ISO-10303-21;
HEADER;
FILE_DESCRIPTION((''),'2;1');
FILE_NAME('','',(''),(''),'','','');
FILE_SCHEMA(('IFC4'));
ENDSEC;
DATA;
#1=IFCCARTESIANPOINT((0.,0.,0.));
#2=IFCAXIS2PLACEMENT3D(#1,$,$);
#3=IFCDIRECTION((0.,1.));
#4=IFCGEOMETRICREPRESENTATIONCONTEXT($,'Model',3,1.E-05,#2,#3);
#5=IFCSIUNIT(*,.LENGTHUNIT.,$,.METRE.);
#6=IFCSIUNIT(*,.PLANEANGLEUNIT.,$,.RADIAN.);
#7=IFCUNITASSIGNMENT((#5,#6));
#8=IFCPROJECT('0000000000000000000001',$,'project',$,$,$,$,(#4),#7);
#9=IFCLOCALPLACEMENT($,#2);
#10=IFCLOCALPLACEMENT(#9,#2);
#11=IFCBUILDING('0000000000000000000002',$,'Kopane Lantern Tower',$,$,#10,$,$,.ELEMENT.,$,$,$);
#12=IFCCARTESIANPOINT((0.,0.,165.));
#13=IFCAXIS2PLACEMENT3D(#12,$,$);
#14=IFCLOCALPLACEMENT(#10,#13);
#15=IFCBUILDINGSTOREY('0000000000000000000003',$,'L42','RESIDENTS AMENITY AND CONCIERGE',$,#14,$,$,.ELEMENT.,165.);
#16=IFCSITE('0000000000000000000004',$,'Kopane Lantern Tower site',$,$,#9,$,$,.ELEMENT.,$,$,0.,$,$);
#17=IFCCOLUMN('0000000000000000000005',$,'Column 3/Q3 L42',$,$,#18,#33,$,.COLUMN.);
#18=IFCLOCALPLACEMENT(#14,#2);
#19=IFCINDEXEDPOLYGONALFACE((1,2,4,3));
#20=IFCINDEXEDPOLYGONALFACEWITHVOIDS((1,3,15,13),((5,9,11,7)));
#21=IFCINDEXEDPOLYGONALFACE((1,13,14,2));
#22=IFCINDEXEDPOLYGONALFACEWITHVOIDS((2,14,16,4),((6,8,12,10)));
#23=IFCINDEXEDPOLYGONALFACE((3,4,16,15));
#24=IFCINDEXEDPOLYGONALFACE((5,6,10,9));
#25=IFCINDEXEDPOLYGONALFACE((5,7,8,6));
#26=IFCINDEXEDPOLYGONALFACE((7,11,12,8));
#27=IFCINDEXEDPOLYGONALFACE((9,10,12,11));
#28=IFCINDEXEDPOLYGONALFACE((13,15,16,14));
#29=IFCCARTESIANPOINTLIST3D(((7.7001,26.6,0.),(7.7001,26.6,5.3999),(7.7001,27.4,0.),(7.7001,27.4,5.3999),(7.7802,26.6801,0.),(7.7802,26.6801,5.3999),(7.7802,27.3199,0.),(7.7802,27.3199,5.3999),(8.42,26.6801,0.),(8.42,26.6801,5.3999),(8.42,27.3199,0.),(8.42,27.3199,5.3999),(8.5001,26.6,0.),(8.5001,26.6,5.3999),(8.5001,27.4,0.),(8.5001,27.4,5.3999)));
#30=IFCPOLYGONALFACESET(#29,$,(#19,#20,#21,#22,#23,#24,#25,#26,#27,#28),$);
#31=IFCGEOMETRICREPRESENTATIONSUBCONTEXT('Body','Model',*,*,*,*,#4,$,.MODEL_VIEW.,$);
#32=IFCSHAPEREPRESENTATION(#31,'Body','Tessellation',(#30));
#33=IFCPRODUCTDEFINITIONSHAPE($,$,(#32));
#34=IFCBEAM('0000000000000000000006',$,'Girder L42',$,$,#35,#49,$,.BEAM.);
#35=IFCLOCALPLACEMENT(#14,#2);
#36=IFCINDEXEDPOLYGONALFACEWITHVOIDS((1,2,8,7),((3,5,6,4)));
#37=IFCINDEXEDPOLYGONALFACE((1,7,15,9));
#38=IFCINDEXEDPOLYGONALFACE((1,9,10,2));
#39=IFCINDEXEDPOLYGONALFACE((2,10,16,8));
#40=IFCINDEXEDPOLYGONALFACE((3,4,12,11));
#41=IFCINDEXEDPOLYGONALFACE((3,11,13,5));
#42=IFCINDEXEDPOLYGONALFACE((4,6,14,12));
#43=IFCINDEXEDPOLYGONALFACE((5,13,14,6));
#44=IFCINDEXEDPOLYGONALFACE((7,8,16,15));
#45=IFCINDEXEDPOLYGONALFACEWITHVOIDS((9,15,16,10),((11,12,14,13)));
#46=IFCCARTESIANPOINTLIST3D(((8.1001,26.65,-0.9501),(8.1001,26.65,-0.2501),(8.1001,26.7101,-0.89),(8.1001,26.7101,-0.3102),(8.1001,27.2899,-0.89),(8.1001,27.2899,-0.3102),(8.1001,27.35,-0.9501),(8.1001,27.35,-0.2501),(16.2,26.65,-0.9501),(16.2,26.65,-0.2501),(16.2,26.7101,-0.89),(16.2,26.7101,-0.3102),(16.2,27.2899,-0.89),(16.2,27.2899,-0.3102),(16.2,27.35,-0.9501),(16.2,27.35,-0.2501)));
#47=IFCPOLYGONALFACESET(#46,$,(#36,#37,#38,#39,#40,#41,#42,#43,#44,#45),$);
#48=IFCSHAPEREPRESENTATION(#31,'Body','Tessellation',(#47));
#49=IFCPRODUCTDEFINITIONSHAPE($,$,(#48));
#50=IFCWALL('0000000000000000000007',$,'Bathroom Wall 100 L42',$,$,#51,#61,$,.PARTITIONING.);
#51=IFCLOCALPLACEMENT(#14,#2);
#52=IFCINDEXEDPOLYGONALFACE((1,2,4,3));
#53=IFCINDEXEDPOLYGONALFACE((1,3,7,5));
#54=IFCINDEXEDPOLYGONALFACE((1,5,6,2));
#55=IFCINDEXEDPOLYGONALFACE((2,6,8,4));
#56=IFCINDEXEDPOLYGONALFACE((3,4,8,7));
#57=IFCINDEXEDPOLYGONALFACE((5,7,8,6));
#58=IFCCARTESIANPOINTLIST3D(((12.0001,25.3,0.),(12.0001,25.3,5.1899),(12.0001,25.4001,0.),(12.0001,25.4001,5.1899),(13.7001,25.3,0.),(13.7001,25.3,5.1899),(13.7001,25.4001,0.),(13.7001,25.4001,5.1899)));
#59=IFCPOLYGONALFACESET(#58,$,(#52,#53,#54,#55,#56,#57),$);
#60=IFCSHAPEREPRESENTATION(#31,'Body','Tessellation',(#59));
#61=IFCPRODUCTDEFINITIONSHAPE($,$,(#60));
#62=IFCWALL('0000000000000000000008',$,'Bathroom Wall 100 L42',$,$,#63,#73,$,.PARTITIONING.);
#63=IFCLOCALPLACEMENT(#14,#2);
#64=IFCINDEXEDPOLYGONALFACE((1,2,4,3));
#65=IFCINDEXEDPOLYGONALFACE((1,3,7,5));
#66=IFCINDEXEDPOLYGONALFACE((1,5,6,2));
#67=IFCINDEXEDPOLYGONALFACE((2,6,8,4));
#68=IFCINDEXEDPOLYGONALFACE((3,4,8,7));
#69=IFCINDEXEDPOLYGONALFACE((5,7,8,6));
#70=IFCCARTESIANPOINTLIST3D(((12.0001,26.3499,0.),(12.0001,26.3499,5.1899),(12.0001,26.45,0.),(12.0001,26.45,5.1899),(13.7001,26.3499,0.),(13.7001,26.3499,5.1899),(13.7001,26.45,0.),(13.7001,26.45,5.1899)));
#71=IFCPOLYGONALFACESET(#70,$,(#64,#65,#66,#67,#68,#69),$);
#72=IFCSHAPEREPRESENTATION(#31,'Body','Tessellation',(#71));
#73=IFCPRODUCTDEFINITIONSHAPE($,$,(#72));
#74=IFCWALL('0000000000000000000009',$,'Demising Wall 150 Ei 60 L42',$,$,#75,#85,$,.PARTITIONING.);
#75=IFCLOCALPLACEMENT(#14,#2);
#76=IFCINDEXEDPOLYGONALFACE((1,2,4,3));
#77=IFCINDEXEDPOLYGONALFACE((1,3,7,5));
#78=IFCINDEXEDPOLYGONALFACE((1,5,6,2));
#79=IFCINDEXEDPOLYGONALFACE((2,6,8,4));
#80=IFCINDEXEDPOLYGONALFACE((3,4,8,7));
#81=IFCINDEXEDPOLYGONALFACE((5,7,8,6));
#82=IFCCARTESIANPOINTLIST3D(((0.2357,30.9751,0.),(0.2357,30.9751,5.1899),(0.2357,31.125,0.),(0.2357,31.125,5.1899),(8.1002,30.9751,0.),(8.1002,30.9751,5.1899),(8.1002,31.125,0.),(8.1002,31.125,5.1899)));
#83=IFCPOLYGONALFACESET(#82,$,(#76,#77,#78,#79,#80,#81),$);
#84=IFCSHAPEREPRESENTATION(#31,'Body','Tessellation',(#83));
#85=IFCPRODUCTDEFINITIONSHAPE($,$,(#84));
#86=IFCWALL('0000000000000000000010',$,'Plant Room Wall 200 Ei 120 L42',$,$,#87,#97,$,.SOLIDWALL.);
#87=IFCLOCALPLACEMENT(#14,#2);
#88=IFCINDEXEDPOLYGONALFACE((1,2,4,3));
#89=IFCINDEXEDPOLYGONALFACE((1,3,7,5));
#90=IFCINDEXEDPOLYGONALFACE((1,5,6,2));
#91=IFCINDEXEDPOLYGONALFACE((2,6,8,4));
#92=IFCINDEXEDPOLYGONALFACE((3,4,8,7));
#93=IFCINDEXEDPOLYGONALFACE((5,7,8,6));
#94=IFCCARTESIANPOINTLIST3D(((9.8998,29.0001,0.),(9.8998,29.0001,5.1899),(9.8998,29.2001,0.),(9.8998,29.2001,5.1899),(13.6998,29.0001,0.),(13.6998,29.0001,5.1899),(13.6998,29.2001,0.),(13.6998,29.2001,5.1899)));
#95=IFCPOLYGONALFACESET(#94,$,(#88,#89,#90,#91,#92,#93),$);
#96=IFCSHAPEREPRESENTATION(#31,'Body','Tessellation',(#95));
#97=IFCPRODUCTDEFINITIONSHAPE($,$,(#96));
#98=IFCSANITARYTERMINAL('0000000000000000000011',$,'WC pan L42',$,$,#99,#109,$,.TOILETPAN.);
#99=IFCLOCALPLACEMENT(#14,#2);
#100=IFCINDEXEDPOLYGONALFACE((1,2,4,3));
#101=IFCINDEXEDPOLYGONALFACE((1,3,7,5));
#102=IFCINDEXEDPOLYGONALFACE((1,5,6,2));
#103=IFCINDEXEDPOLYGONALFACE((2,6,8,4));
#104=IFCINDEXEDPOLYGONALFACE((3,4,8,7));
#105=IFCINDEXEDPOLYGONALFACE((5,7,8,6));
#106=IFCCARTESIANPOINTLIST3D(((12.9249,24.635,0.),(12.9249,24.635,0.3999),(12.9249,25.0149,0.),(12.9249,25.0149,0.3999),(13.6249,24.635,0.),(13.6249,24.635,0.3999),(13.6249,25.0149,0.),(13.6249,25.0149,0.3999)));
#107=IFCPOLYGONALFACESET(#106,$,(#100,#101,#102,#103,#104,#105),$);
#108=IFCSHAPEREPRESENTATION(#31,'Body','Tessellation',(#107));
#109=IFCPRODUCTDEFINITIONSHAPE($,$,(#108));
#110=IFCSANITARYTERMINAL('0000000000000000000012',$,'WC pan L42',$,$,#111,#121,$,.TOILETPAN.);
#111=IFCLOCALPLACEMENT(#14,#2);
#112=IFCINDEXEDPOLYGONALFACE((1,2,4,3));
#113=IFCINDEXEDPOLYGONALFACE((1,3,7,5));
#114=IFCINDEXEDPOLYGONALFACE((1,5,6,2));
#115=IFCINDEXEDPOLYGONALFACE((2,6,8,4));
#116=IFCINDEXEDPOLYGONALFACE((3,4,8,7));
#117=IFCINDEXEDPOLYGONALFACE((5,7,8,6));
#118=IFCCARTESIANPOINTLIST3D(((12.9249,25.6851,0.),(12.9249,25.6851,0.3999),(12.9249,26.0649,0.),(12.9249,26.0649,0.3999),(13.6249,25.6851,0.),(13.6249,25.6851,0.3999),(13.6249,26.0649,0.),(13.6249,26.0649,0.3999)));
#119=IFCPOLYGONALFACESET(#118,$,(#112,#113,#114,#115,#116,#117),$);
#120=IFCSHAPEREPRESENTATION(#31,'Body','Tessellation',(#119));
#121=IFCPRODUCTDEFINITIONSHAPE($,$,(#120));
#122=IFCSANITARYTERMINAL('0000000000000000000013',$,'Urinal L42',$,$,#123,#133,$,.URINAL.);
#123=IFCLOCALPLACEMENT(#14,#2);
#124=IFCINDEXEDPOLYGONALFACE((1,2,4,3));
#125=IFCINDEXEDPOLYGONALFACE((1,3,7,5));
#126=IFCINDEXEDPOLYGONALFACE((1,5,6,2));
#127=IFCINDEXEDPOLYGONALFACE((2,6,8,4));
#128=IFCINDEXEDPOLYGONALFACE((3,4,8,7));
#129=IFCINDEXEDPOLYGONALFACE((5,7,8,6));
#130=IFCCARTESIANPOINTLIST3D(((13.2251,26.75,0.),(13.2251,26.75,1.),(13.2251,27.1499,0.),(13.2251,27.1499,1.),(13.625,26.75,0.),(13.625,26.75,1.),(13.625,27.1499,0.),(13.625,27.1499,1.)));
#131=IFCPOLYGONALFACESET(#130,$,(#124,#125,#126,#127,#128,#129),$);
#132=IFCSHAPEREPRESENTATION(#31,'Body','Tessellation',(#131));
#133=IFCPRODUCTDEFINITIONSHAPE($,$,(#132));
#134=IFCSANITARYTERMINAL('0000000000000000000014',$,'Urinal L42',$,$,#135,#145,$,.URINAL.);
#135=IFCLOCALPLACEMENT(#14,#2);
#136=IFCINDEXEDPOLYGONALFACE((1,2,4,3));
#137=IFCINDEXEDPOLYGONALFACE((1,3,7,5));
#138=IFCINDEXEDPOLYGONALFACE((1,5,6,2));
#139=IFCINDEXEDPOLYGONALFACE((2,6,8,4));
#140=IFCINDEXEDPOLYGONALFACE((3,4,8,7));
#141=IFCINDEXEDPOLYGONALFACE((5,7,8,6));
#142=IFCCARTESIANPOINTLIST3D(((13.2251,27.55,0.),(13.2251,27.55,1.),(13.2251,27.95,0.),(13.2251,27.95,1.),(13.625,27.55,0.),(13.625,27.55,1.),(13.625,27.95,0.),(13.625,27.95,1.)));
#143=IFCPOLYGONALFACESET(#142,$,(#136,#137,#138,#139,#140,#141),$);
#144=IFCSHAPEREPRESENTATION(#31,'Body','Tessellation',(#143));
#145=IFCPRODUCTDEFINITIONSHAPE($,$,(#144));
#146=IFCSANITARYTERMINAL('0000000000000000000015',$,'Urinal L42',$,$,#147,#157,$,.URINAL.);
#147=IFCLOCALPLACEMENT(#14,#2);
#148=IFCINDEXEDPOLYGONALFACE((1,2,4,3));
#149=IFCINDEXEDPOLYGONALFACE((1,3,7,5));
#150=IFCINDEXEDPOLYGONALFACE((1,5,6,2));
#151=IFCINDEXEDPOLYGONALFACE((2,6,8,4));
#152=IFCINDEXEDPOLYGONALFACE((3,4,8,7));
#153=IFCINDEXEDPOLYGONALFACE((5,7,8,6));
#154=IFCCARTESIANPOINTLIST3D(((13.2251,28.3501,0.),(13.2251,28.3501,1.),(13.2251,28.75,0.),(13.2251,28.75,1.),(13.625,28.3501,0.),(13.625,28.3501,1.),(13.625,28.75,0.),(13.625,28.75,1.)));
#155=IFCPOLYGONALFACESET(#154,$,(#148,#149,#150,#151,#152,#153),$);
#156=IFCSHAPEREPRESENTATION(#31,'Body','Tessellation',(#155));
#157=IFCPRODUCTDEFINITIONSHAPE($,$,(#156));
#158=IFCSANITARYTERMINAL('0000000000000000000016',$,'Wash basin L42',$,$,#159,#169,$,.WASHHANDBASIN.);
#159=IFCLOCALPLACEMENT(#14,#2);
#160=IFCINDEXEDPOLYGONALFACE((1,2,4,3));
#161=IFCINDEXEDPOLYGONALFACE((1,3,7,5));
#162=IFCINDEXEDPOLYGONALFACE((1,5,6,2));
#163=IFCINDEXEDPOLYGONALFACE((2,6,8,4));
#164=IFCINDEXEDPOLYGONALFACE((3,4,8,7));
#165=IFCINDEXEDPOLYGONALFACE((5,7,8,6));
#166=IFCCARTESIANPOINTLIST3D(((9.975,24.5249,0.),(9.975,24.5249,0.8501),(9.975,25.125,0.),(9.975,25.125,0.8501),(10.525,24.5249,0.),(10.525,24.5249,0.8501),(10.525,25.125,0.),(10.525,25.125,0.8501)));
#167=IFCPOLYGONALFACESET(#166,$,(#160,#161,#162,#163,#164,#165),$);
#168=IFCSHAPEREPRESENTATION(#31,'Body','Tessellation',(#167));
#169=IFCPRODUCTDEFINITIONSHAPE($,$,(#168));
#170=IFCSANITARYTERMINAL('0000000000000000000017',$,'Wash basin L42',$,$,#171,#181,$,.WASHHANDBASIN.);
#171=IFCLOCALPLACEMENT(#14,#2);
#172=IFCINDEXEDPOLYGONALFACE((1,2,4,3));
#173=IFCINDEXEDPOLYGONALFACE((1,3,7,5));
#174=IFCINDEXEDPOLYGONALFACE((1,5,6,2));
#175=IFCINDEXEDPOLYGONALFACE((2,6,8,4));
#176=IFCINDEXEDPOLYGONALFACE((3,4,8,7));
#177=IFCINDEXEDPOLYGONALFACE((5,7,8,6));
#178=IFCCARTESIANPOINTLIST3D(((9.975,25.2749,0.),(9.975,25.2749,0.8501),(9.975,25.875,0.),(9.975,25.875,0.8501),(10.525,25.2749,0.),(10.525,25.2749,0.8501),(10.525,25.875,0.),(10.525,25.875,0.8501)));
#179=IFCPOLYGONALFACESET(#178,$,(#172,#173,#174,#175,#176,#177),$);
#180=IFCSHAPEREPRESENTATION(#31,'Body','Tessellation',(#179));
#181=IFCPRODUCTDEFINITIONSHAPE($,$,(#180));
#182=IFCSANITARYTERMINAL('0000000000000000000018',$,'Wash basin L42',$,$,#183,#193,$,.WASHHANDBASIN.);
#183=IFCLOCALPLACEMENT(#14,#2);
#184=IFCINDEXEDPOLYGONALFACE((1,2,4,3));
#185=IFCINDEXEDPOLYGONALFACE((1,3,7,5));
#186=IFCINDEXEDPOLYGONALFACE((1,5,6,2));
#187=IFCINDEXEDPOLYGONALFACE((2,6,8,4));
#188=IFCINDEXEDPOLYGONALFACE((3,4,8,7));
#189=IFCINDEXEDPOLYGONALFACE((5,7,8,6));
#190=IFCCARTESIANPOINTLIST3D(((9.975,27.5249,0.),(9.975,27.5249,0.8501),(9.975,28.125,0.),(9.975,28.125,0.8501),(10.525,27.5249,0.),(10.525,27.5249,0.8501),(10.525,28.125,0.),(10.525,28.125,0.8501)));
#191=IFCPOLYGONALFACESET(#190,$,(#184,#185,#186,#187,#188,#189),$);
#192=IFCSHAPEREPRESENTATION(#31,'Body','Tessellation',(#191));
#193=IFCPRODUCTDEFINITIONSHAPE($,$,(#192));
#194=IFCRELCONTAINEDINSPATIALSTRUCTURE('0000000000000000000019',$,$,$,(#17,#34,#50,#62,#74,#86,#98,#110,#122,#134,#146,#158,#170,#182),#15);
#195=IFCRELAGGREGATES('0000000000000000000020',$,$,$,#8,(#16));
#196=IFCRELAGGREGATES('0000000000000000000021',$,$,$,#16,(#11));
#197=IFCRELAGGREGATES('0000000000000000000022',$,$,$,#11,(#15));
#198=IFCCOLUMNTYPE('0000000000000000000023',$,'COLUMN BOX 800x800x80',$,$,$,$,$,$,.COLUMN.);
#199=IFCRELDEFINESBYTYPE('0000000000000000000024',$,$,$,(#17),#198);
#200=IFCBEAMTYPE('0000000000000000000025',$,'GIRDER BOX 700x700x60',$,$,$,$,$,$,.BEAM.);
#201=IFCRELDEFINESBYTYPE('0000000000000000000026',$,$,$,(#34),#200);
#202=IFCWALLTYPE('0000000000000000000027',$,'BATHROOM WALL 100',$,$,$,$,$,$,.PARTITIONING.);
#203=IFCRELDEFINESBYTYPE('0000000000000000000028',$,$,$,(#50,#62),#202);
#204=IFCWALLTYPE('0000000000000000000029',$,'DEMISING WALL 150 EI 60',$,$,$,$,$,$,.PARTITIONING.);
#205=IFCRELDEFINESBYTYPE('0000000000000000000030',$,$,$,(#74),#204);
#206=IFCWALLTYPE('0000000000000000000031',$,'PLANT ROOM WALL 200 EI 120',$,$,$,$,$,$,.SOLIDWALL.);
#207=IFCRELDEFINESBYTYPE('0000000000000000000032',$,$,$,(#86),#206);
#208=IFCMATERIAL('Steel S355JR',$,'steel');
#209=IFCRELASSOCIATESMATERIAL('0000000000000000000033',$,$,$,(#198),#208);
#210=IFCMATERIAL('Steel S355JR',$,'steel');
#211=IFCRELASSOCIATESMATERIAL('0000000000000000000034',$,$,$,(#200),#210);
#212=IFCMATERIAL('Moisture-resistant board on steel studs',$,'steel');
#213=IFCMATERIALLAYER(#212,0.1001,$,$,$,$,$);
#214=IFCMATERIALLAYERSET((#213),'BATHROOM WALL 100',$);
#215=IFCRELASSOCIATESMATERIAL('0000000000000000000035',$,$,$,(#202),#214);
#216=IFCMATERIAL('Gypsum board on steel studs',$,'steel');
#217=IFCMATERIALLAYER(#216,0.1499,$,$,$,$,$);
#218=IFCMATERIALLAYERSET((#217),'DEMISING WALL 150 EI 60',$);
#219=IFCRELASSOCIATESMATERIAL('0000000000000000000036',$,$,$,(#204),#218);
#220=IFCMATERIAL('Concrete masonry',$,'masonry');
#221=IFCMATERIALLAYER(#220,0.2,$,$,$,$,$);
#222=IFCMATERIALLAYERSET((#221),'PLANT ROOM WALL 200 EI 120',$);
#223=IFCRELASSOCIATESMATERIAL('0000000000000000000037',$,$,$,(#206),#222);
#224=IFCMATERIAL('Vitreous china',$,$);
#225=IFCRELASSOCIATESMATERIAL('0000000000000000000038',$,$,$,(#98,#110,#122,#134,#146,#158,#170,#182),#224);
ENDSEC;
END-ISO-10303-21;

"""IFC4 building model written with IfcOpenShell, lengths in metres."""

from ifc_helpers import new_model, si_unit, direction, frame, frame_2d, origin, origin_2d, place, context, subcontext, project, spatial, rectangle, hollow_rectangle, extrude, material, layer, layer_set, material_profile, profile_set, type_object, element, save


model = new_model("IFC4")

# Units and contexts
model_context = context("Model", 3, precision=1e-05, world=origin(), true_north=direction((0.0, 1.0)))
body_context = subcontext(model_context, "Body", "Model", "MODEL_VIEW")
ifc_project = project(units=[si_unit("LENGTHUNIT", "METRE"), si_unit("PLANEANGLEUNIT", "RADIAN")], contexts=[model_context])

# Site, building, storey
site_placement = place(None, origin())
site = spatial("IfcSite", under=ifc_project, at=site_placement, Name="Kopane Lantern Tower site", CompositionType="ELEMENT", RefElevation=0.0)
building_placement = place(site_placement, origin())
building = spatial("IfcBuilding", under=site, at=building_placement, Name="Kopane Lantern Tower", CompositionType="ELEMENT")
storey_placement = place(building_placement, frame((0.0, 0.0, 165.0)))
storey = spatial("IfcBuildingStorey", under=building, at=storey_placement, Name="L42", Description="RESIDENTS AMENITY AND CONCIERGE", CompositionType="ELEMENT", Elevation=165.0)

# Column
ifc_material_1 = material(Name="Steel S355JR", Category="steel")
ifc_material_profile_1 = material_profile(ifc_material_1, hollow_rectangle(XDim=0.8, YDim=0.8, WallThickness=0.0801, at=origin_2d()), Name="BOX 800x800x80")
ifc_profile_set_1 = profile_set([ifc_material_profile_1], Name="Steel S355JR")
column_type = type_object("IfcColumnType", Name="COLUMN BOX 800x800x80", PredefinedType="COLUMN", material=ifc_profile_set_1)
column_placement = place(storey_placement, frame((8.1001, 27.0, 0.0), z_axis=(0.0, 0.0, 1.0), x_axis=(1.0, 0.0, 0.0)))
element("IfcColumn", 1, at=column_placement, inside=storey, type_object=column_type, Name="Column 3/Q3 L42", PredefinedType="COLUMN", context=body_context, shape_type="SweptSolid", body=[
    extrude(hollow_rectangle(XDim=0.8, YDim=0.8, WallThickness=0.0801, at=origin_2d()), origin(), (0.0, 0.0, 1.0), 5.3999),
])

# Beam
ifc_material_2 = material(Name="Steel S355JR", Category="steel")
ifc_material_profile_2 = material_profile(ifc_material_2, hollow_rectangle(XDim=0.7, YDim=0.7, WallThickness=0.0601, at=origin_2d()), Name="BOX 700x700x60")
ifc_profile_set_2 = profile_set([ifc_material_profile_2], Name="Steel S355JR")
beam_type = type_object("IfcBeamType", Name="GIRDER BOX 700x700x60", PredefinedType="BEAM", material=ifc_profile_set_2)
beam_placement = place(storey_placement, frame((8.1001, 27.0, -0.6001), z_axis=(1.0, 0.0, 0.0), x_axis=(0.0, 1.0, 0.0)))
element("IfcBeam", 2, at=beam_placement, inside=storey, type_object=beam_type, Name="Girder L42", PredefinedType="BEAM", context=body_context, shape_type="SweptSolid", body=[
    extrude(hollow_rectangle(XDim=0.7, YDim=0.7, WallThickness=0.0601, at=origin_2d()), origin(), (0.0, 0.0, 1.0), 8.0999),
])

# Walls
ifc_material_3 = material(Name="Moisture-resistant board on steel studs", Category="steel")
ifc_layer_1 = layer(ifc_material_3, 0.1001)
ifc_layer_set_1 = layer_set([ifc_layer_1], Name="BATHROOM WALL 100")
wall_type_1 = type_object("IfcWallType", Name="BATHROOM WALL 100", PredefinedType="PARTITIONING", material=ifc_layer_set_1)
for number, where, z_axis, x_axis, name in (
    (3, (12.0, 25.3501, 0.0), (0.0, 0.0, 1.0), (1.0, 0.0, 0.0), "Bathroom Wall 100 L42"),
    (4, (12.0, 26.3999, 0.0), (0.0, 0.0, 1.0), (1.0, 0.0, 0.0), "Bathroom Wall 100 L42"),
):
    element("IfcWall", number, at=place(storey_placement, frame(where, z_axis=z_axis, x_axis=x_axis)), inside=storey, type_object=wall_type_1, Name=name, PredefinedType="PARTITIONING", context=body_context, shape_type="SweptSolid", body=[
        extrude(rectangle(XDim=1.7, YDim=0.1001, at=frame_2d((0.8501, 0.0))), origin(), (0.0, 0.0, 1.0), 5.1899),
    ])
ifc_material_4 = material(Name="Gypsum board on steel studs", Category="steel")
ifc_layer_2 = layer(ifc_material_4, 0.1499)
ifc_layer_set_2 = layer_set([ifc_layer_2], Name="DEMISING WALL 150 EI 60")
wall_type_2 = type_object("IfcWallType", Name="DEMISING WALL 150 EI 60", PredefinedType="PARTITIONING", material=ifc_layer_set_2)
wall_1_placement = place(storey_placement, frame((8.1001, 31.05, 0.0), z_axis=(0.0, 0.0, 1.0), x_axis=(-1.0, 0.0, 0.0)))
element("IfcWall", 5, at=wall_1_placement, inside=storey, type_object=wall_type_2, Name="Demising Wall 150 Ei 60 L42", PredefinedType="PARTITIONING", context=body_context, shape_type="SweptSolid", body=[
    extrude(rectangle(XDim=7.8645, YDim=0.1499, at=frame_2d((3.9321, 0.0))), origin(), (0.0, 0.0, 1.0), 5.1899),
])
ifc_material_5 = material(Name="Concrete masonry", Category="masonry")
ifc_layer_3 = layer(ifc_material_5, 0.2)
ifc_layer_set_3 = layer_set([ifc_layer_3], Name="PLANT ROOM WALL 200 EI 120")
wall_type_3 = type_object("IfcWallType", Name="PLANT ROOM WALL 200 EI 120", PredefinedType="SOLIDWALL", material=ifc_layer_set_3)
wall_2_placement = place(storey_placement, frame((9.8999, 29.1001, 0.0), z_axis=(0.0, 0.0, 1.0), x_axis=(1.0, 0.0, 0.0)))
element("IfcWall", 6, at=wall_2_placement, inside=storey, type_object=wall_type_3, Name="Plant Room Wall 200 Ei 120 L42", PredefinedType="SOLIDWALL", context=body_context, shape_type="SweptSolid", body=[
    extrude(rectangle(XDim=3.8, YDim=0.2, at=frame_2d((1.8999, 0.0))), origin(), (0.0, 0.0, 1.0), 5.1899),
])

# Sanitary terminals
ifc_material_6 = material(Name="Vitreous china")
for number, where, z_axis, x_axis, name in (
    (7, (13.2749, 24.825, 0.0), (0.0, 0.0, 1.0), (1.0, 0.0, 0.0), "WC pan L42"),
    (8, (13.2749, 25.875, 0.0), (0.0, 0.0, 1.0), (1.0, 0.0, 0.0), "WC pan L42"),
):
    element("IfcSanitaryTerminal", number, at=place(storey_placement, frame(where, z_axis=z_axis, x_axis=x_axis)), inside=storey, material=ifc_material_6, Name=name, PredefinedType="TOILETPAN", context=body_context, shape_type="SweptSolid", body=[
        extrude(rectangle(XDim=0.7, YDim=0.3799, at=origin_2d()), origin(), (0.0, 0.0, 1.0), 0.3999),
    ])
for number, where, z_axis, x_axis, name in (
    (9, (13.425, 26.95, 0.0), (0.0, 0.0, 1.0), (1.0, 0.0, 0.0), "Urinal L42"),
    (10, (13.425, 27.75, 0.0), (0.0, 0.0, 1.0), (1.0, 0.0, 0.0), "Urinal L42"),
    (11, (13.425, 28.55, 0.0), (0.0, 0.0, 1.0), (1.0, 0.0, 0.0), "Urinal L42"),
):
    element("IfcSanitaryTerminal", number, at=place(storey_placement, frame(where, z_axis=z_axis, x_axis=x_axis)), inside=storey, material=ifc_material_6, Name=name, PredefinedType="URINAL", context=body_context, shape_type="SweptSolid", body=[
        extrude(rectangle(XDim=0.3999, YDim=0.3999, at=origin_2d()), origin(), (0.0, 0.0, 1.0), 1.0),
    ])
for number, where, z_axis, x_axis, name in (
    (12, (10.25, 24.825, 0.0), (0.0, 0.0, 1.0), (1.0, 0.0, 0.0), "Wash basin L42"),
    (13, (10.25, 25.575, 0.0), (0.0, 0.0, 1.0), (1.0, 0.0, 0.0), "Wash basin L42"),
    (14, (10.25, 27.825, 0.0), (0.0, 0.0, 1.0), (1.0, 0.0, 0.0), "Wash basin L42"),
):
    element("IfcSanitaryTerminal", number, at=place(storey_placement, frame(where, z_axis=z_axis, x_axis=x_axis)), inside=storey, material=ifc_material_6, Name=name, PredefinedType="WASHHANDBASIN", context=body_context, shape_type="SweptSolid", body=[
        extrude(rectangle(XDim=0.55, YDim=0.6001, at=origin_2d()), origin(), (0.0, 0.0, 1.0), 0.8501),
    ])

save(model, "model.ifc")
